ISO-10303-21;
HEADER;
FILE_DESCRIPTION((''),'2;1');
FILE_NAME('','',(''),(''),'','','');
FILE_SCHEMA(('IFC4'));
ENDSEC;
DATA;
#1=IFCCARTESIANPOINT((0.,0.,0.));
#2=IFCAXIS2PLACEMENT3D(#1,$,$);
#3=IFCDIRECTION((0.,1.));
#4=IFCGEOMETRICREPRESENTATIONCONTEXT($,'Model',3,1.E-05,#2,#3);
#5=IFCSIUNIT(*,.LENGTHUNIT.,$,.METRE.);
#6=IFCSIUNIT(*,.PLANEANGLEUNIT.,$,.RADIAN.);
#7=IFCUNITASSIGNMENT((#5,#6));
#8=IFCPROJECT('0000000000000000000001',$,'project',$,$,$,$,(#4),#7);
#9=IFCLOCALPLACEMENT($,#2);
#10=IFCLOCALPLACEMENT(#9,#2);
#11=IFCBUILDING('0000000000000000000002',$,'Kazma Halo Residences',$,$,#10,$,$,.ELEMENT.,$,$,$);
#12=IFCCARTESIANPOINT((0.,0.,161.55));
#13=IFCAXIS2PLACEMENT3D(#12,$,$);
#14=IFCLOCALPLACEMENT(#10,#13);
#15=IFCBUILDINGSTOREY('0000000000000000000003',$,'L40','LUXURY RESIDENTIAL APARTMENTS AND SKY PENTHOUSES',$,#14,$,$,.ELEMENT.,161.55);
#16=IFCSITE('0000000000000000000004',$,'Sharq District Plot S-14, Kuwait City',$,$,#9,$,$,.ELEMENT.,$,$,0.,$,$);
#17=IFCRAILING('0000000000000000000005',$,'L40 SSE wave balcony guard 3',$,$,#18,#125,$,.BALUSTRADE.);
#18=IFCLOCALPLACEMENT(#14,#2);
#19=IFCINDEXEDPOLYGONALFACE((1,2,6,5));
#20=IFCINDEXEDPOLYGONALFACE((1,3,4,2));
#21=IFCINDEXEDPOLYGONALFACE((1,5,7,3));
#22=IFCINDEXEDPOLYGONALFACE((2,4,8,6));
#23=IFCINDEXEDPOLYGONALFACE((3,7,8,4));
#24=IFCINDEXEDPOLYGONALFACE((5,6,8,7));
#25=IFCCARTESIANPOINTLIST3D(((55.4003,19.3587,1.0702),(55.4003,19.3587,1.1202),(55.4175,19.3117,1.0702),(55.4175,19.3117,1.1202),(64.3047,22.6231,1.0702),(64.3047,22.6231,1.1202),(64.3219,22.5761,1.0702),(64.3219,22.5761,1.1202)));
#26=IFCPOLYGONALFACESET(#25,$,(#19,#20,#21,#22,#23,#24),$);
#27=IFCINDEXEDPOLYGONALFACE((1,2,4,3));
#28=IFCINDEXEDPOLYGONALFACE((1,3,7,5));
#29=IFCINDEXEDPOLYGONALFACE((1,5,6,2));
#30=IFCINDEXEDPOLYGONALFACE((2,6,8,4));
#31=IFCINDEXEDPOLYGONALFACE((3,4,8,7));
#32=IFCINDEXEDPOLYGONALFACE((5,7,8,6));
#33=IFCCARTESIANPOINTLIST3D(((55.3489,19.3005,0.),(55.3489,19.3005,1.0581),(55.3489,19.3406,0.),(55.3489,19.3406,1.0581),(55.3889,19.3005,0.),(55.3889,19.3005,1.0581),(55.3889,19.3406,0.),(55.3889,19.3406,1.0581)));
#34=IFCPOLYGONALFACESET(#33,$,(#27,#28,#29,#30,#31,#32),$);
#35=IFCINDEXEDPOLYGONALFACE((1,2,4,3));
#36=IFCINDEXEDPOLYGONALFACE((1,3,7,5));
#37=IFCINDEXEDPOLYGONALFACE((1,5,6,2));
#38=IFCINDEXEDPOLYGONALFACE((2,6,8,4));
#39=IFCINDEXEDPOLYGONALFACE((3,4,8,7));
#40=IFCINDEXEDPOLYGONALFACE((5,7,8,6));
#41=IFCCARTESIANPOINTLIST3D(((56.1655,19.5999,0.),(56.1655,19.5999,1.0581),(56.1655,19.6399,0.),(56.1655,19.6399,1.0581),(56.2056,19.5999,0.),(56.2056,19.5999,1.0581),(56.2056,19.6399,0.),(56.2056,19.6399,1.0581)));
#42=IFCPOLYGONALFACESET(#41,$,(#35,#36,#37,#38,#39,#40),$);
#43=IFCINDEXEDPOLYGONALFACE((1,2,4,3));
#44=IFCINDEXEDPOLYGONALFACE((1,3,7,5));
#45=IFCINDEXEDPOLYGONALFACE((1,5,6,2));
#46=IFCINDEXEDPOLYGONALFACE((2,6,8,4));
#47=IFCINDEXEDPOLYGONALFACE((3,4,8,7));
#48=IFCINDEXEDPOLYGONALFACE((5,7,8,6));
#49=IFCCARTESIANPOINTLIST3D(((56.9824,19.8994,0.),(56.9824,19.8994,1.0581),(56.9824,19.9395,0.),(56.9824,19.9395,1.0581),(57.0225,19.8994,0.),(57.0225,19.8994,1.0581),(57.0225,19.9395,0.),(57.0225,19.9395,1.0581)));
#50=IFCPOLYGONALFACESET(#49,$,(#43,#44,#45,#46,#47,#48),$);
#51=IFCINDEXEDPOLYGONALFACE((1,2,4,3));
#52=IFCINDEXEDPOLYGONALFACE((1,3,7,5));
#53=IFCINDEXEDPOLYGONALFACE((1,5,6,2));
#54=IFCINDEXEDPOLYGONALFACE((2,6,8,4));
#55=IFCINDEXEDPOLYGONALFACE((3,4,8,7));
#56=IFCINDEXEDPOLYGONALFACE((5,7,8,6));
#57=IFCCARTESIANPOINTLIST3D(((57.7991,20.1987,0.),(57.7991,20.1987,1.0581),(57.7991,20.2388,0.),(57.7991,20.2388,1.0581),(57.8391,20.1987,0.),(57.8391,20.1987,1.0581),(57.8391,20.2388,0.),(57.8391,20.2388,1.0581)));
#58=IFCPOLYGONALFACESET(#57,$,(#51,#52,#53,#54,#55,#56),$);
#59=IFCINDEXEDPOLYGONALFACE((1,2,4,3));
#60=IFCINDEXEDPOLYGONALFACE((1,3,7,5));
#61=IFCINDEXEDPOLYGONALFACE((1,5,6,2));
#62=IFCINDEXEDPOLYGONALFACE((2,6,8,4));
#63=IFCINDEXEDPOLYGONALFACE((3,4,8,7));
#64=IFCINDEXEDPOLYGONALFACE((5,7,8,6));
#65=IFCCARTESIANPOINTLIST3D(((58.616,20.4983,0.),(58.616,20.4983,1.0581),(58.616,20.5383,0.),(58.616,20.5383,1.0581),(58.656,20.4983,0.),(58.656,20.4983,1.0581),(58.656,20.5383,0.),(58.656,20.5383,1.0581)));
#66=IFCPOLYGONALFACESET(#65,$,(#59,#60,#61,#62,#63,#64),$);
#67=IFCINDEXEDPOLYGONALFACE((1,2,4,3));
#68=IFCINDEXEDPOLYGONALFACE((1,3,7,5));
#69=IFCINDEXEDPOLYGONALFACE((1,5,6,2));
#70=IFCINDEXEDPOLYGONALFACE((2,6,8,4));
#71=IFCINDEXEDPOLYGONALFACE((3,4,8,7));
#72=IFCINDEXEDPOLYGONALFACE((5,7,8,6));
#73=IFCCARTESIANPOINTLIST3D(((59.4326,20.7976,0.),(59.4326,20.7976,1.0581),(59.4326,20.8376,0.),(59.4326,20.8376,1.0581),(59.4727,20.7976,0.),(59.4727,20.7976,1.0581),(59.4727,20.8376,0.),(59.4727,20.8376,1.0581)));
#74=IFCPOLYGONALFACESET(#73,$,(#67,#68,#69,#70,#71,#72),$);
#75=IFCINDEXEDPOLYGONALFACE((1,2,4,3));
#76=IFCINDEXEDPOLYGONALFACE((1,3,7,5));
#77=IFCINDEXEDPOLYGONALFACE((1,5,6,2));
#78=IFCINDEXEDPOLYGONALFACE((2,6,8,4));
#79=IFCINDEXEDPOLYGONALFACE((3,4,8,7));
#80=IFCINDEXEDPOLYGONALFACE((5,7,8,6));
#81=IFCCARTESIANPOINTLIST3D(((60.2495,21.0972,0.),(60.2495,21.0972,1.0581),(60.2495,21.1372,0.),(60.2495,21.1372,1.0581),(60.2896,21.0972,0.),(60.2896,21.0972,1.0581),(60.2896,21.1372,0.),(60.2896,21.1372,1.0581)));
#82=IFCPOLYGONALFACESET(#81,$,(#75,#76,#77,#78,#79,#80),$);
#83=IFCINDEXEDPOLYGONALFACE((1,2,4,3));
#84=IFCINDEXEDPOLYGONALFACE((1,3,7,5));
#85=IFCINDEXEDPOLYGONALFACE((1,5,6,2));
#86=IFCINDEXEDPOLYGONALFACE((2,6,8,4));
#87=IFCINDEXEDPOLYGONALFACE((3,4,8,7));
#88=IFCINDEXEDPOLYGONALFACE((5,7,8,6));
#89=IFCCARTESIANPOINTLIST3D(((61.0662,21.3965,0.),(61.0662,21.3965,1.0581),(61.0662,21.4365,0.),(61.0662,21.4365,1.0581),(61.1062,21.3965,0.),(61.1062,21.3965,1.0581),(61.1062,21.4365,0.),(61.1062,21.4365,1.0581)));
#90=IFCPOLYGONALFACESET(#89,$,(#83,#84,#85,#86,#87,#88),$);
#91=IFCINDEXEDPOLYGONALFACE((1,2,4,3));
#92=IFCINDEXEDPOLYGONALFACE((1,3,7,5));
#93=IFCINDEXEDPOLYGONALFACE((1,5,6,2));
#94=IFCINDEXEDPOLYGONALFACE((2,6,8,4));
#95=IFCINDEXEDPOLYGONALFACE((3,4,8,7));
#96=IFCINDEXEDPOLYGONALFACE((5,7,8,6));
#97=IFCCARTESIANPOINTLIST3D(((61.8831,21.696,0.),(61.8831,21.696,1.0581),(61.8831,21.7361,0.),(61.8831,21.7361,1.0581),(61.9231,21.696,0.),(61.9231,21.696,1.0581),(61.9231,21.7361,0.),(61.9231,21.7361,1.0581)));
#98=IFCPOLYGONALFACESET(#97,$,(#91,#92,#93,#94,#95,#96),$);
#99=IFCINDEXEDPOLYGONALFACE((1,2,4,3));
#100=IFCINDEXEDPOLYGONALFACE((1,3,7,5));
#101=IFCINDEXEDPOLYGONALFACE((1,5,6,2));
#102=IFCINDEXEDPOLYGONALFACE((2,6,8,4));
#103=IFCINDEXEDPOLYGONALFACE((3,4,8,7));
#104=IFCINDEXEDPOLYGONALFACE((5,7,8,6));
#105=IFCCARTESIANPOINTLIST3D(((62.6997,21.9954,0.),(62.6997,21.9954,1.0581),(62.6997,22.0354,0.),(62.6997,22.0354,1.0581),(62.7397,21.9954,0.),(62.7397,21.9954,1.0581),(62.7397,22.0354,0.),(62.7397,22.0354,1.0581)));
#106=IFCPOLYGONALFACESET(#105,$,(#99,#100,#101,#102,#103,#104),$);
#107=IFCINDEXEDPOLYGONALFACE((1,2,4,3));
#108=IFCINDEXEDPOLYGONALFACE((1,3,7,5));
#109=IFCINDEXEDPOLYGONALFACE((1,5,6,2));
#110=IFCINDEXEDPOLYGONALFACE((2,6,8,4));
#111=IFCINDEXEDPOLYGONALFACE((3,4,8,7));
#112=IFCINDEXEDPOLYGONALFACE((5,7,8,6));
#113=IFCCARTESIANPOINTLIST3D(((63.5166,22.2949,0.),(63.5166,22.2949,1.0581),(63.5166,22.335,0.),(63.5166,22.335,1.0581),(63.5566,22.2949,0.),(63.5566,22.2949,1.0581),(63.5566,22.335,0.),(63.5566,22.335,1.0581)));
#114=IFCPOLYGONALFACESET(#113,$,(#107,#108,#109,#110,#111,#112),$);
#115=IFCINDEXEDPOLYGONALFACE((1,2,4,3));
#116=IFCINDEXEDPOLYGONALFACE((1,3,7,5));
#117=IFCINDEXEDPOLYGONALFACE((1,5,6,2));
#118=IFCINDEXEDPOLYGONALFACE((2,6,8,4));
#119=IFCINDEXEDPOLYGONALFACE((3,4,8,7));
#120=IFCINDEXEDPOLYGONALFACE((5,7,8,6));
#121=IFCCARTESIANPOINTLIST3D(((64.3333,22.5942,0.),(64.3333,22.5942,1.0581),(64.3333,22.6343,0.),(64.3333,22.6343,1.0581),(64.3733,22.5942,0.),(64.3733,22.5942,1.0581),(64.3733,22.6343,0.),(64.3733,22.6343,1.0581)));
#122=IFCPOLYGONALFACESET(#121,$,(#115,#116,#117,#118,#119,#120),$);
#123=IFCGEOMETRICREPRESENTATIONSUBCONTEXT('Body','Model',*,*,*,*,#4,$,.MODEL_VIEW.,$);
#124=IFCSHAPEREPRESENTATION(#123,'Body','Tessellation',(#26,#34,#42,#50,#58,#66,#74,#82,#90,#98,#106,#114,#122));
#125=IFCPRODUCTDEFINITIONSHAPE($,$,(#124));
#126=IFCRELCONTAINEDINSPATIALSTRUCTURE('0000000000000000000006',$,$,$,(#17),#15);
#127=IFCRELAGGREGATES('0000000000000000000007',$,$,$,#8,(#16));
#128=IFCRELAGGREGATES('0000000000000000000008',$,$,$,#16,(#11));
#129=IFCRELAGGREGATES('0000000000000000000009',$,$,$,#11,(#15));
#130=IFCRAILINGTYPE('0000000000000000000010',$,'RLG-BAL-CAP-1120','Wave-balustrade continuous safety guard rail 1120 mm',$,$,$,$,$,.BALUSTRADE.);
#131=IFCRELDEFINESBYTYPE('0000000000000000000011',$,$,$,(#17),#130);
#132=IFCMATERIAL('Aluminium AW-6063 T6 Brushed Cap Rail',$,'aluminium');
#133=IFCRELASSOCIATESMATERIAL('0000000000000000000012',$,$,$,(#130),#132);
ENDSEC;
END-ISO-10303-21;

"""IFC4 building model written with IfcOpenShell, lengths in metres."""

from ifc_helpers import new_model, si_unit, direction, frame, origin, origin_2d, place, context, subcontext, project, spatial, rectangle, extrude, material, type_object, element, save


model = new_model("IFC4")

# Units and contexts
model_context = context("Model", 3, precision=1e-05, world=origin(), true_north=direction((0.0, 1.0)))
body_context = subcontext(model_context, "Body", "Model", "MODEL_VIEW")
ifc_project = project(units=[si_unit("LENGTHUNIT", "METRE"), si_unit("PLANEANGLEUNIT", "RADIAN")], contexts=[model_context])

# Site, building, storey
site_placement = place(None, origin())
site = spatial("IfcSite", under=ifc_project, at=site_placement, Name="Sharq District Plot S-14, Kuwait City", CompositionType="ELEMENT", RefElevation=0.0)
building_placement = place(site_placement, origin())
building = spatial("IfcBuilding", under=site, at=building_placement, Name="Kazma Halo Residences", CompositionType="ELEMENT")
storey_placement = place(building_placement, frame((0.0, 0.0, 161.55)))
storey = spatial("IfcBuildingStorey", under=building, at=storey_placement, Name="L40", Description="LUXURY RESIDENTIAL APARTMENTS AND SKY PENTHOUSES", CompositionType="ELEMENT", Elevation=161.55)

# Railing
ifc_material_1 = material(Name="Aluminium AW-6063 T6 Brushed Cap Rail", Category="aluminium")
railing_type = type_object("IfcRailingType", Name="RLG-BAL-CAP-1120", Description="Wave-balustrade continuous safety guard rail 1120 mm", PredefinedType="BALUSTRADE", material=ifc_material_1)
railing_placement = place(storey_placement, frame((55.3689, 19.3206, 0.0)))
element("IfcRailing", 1, at=railing_placement, inside=storey, type_object=railing_type, Name="L40 SSE wave balcony guard 3", PredefinedType="BALUSTRADE", context=body_context, shape_type="SweptSolid", body=[
    extrude(rectangle(XDim=0.05, YDim=0.05, at=origin_2d()), frame((0.04, 0.0146, 1.0952), z_axis=(0.938896, 0.344202, 0.0), x_axis=(-0.344202, 0.938896, 0.0)), (0.0, 0.0, 1.0), 9.4839),
    extrude(rectangle(XDim=0.04, YDim=0.04, at=origin_2d()), origin(), (0.0, 0.0, 1.0), 1.0581),
    extrude(rectangle(XDim=0.04, YDim=0.04, at=origin_2d()), frame((0.8167, 0.2993, 0.0)), (0.0, 0.0, 1.0), 1.0581),
    extrude(rectangle(XDim=0.04, YDim=0.04, at=origin_2d()), frame((1.6335, 0.5989, 0.0)), (0.0, 0.0, 1.0), 1.0581),
    extrude(rectangle(XDim=0.04, YDim=0.04, at=origin_2d()), frame((2.4502, 0.8982, 0.0)), (0.0, 0.0, 1.0), 1.0581),
    extrude(rectangle(XDim=0.04, YDim=0.04, at=origin_2d()), frame((3.2671, 1.1978, 0.0)), (0.0, 0.0, 1.0), 1.0581),
    extrude(rectangle(XDim=0.04, YDim=0.04, at=origin_2d()), frame((4.0837, 1.4971, 0.0)), (0.0, 0.0, 1.0), 1.0581),
    extrude(rectangle(XDim=0.04, YDim=0.04, at=origin_2d()), frame((4.9006, 1.7966, 0.0)), (0.0, 0.0, 1.0), 1.0581),
    extrude(rectangle(XDim=0.04, YDim=0.04, at=origin_2d()), frame((5.7173, 2.0959, 0.0)), (0.0, 0.0, 1.0), 1.0581),
    extrude(rectangle(XDim=0.04, YDim=0.04, at=origin_2d()), frame((6.5342, 2.3955, 0.0)), (0.0, 0.0, 1.0), 1.0581),
    extrude(rectangle(XDim=0.04, YDim=0.04, at=origin_2d()), frame((7.3508, 2.6948, 0.0)), (0.0, 0.0, 1.0), 1.0581),
    extrude(rectangle(XDim=0.04, YDim=0.04, at=origin_2d()), frame((8.1677, 2.9944, 0.0)), (0.0, 0.0, 1.0), 1.0581),
    extrude(rectangle(XDim=0.04, YDim=0.04, at=origin_2d()), frame((8.9844, 3.2937, 0.0)), (0.0, 0.0, 1.0), 1.0581),
])

save(model, "model.ifc")
